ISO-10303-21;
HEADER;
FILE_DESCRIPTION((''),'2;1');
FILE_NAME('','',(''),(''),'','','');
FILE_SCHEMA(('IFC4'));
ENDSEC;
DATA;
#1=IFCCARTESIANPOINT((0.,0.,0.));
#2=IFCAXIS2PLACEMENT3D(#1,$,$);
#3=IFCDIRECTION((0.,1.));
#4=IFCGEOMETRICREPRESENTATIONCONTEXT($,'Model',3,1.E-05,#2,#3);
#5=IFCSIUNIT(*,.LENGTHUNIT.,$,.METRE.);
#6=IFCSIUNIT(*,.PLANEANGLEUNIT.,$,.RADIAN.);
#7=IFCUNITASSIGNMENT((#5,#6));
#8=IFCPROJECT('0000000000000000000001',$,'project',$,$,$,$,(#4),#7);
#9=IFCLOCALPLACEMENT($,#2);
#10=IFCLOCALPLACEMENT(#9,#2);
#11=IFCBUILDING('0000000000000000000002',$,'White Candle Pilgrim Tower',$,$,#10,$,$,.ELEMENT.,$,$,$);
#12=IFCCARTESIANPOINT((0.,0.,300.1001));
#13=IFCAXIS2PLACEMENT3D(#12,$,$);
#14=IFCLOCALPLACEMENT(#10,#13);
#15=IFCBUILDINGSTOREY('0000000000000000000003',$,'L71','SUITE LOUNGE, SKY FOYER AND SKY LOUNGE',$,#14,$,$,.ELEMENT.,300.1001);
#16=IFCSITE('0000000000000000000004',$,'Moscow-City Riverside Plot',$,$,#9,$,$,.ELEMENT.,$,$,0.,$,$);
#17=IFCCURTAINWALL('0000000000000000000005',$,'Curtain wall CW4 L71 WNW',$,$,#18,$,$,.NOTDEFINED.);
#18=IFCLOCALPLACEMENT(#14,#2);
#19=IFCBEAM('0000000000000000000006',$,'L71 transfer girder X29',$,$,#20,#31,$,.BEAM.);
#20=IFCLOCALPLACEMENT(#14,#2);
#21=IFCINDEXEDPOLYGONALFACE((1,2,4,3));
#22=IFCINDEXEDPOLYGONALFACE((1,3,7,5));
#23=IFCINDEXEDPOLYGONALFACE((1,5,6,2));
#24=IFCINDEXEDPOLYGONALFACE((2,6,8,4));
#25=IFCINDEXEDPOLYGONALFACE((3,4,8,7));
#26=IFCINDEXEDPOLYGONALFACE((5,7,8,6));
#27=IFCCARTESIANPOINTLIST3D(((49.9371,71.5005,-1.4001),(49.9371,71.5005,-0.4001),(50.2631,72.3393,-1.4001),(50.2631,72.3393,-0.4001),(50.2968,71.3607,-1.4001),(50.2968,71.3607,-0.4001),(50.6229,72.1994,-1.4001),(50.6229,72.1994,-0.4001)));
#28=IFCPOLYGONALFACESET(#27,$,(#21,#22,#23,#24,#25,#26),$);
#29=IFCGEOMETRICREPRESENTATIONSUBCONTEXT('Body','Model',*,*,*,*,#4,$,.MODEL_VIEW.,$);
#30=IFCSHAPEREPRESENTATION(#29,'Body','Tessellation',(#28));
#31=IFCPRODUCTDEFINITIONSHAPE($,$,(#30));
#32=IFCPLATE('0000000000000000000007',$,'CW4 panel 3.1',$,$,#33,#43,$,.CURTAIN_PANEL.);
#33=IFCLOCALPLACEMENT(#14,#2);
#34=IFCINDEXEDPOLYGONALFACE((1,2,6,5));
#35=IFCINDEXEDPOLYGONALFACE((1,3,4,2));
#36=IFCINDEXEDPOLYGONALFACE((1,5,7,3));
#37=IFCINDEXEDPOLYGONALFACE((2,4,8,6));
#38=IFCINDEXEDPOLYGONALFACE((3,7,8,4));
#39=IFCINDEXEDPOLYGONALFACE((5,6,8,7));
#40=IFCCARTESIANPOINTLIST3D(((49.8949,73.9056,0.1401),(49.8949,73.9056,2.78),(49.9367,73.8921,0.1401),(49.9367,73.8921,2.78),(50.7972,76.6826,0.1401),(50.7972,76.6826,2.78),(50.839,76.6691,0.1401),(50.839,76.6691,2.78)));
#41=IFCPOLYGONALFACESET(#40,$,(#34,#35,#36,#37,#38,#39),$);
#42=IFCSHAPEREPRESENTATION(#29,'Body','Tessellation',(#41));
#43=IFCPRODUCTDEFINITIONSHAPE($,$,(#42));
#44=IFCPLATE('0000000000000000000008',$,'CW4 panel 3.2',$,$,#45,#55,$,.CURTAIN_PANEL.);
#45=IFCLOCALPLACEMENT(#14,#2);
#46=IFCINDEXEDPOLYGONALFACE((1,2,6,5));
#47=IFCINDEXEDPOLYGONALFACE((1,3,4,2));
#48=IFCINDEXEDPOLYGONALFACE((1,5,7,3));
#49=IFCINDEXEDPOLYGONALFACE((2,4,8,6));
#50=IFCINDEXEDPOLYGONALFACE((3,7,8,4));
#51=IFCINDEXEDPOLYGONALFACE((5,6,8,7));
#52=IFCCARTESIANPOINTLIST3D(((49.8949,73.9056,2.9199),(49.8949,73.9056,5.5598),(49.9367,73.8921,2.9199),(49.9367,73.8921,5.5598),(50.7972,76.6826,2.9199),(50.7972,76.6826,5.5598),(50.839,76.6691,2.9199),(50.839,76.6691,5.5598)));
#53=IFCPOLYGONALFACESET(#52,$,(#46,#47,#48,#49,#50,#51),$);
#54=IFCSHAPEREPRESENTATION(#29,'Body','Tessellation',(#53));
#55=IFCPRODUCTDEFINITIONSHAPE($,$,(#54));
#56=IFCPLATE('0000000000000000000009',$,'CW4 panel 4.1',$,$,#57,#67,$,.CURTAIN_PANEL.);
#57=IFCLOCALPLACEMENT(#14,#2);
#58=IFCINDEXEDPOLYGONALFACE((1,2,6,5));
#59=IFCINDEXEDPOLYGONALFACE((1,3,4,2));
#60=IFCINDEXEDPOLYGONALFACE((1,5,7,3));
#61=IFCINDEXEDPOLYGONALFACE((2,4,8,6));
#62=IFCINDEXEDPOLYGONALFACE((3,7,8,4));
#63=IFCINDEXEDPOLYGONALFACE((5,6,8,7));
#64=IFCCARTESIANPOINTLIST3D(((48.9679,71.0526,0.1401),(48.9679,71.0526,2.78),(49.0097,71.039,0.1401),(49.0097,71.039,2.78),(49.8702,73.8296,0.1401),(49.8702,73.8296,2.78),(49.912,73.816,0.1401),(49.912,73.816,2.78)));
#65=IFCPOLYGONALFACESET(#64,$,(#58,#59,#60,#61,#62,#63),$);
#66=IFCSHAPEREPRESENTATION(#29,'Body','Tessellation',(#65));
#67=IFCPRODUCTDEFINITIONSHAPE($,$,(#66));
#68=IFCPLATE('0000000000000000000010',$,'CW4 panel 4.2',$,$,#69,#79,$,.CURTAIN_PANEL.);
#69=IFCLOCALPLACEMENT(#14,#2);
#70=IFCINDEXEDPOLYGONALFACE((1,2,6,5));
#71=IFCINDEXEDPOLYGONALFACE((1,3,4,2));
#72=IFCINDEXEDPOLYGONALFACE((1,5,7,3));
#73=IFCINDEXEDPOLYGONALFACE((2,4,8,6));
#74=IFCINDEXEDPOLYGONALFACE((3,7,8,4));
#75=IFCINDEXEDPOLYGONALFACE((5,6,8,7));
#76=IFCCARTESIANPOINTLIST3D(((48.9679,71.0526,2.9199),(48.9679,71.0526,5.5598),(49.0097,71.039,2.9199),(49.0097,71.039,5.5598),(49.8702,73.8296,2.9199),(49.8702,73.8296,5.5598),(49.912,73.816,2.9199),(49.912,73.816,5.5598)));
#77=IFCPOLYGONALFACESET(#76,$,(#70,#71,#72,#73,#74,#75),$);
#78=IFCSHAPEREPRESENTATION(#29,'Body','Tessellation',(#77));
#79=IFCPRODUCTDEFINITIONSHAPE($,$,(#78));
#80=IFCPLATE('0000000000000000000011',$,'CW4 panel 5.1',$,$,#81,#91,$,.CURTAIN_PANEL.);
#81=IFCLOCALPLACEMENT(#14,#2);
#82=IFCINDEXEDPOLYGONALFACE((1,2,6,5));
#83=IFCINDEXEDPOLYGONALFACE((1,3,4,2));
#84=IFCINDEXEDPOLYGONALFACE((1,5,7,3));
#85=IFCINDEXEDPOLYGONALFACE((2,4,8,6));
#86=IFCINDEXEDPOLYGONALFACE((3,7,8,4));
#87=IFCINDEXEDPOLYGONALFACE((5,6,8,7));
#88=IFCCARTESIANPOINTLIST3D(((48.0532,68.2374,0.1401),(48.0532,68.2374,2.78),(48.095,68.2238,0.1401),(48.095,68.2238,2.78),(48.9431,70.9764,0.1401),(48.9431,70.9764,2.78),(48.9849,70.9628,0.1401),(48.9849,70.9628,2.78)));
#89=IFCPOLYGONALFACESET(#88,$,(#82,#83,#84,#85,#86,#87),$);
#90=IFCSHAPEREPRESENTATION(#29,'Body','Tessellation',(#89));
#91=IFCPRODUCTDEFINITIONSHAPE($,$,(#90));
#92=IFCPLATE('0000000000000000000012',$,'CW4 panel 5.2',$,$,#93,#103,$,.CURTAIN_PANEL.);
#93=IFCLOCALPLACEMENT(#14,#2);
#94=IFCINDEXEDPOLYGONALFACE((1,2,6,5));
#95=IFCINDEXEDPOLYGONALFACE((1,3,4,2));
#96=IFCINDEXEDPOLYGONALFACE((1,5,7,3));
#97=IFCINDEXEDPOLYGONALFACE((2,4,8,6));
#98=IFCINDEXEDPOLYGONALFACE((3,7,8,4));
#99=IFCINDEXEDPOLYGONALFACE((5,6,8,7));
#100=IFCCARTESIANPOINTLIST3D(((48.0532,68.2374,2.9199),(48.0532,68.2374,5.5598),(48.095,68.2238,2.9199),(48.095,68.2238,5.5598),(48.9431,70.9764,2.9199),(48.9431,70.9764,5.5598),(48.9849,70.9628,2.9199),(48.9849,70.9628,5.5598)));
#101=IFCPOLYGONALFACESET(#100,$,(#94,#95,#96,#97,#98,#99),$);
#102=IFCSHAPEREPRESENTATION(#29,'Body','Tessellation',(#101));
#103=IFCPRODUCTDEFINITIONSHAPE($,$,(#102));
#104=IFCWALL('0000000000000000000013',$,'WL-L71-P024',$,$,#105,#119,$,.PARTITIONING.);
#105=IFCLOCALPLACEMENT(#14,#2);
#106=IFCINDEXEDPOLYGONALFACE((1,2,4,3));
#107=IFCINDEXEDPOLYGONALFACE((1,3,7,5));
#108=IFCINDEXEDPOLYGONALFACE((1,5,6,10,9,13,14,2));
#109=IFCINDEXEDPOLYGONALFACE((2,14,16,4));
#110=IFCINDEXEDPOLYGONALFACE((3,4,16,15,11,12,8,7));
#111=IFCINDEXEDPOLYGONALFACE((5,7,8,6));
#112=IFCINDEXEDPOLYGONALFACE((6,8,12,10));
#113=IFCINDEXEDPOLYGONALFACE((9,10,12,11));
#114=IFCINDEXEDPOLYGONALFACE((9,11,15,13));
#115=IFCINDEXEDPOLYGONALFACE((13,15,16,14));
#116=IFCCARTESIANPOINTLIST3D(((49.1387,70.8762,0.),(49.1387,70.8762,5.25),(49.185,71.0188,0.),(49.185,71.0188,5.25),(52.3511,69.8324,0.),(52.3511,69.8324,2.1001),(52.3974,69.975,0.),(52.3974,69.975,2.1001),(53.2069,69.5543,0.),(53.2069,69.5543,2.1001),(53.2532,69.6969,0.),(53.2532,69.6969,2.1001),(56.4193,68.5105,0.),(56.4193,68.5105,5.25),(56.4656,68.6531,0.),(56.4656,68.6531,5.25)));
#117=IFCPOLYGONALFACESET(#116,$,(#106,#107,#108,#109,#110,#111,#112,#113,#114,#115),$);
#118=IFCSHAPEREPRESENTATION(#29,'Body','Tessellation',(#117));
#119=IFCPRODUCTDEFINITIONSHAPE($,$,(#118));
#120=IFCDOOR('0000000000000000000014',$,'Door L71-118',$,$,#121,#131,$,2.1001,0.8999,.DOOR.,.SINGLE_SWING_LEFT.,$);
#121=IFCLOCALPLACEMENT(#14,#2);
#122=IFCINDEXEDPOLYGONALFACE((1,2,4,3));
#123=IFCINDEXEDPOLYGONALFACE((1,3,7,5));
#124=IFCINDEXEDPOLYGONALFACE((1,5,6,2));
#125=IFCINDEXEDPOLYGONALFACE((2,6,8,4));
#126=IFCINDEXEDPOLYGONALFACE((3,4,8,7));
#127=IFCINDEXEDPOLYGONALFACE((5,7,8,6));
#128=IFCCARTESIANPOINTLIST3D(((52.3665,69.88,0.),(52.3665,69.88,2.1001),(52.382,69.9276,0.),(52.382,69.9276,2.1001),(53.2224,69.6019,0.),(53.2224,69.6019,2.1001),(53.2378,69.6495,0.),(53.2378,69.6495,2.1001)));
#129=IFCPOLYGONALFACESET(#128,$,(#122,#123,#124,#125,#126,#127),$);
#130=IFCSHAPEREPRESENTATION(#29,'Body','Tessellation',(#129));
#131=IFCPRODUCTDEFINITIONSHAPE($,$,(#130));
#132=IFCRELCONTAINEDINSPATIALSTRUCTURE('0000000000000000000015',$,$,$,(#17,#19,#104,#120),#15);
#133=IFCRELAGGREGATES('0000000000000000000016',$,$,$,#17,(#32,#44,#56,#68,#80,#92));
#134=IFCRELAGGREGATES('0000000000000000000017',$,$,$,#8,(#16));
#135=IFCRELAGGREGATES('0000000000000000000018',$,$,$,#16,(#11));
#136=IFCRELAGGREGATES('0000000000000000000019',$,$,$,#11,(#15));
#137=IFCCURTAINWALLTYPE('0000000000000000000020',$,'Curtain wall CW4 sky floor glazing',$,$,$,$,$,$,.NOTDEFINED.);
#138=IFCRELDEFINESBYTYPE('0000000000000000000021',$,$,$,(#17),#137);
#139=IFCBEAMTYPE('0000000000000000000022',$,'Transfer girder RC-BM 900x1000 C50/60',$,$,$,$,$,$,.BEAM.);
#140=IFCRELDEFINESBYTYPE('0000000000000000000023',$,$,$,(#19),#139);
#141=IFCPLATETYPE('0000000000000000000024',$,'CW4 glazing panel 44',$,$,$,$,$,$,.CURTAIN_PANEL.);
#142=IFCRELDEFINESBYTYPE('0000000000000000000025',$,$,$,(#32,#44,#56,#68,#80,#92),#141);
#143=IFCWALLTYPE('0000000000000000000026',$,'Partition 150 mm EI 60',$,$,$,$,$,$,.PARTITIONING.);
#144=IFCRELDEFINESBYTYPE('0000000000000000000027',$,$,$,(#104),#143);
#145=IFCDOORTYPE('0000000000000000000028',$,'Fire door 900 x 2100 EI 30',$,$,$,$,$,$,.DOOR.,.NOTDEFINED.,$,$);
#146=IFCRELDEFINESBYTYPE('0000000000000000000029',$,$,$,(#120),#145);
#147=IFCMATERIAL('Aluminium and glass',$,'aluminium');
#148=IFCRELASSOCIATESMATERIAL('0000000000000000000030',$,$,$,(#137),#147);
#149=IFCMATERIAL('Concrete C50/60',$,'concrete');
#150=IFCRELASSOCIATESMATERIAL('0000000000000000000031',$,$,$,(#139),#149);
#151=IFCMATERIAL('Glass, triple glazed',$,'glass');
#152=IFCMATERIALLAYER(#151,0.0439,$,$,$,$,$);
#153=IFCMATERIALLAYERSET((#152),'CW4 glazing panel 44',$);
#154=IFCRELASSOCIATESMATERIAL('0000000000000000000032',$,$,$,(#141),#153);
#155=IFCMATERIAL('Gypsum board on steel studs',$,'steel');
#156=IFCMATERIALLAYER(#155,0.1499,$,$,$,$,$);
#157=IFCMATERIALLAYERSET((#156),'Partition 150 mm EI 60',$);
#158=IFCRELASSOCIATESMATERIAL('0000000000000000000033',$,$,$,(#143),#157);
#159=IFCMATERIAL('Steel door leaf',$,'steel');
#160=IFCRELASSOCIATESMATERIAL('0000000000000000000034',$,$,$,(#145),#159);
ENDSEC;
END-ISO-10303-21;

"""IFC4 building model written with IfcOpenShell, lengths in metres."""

from ifc_helpers import new_model, si_unit, direction, frame, frame_2d, origin, origin_2d, place, context, subcontext, project, spatial, rectangle, extrude, material, layer, layer_set, material_profile, profile_set, type_object, element, fill, aggregate, save


model = new_model("IFC4")

# Units and contexts
model_context = context("Model", 3, precision=1e-05, world=origin(), true_north=direction((0.0, 1.0)))
body_context = subcontext(model_context, "Body", "Model", "MODEL_VIEW")
ifc_project = project(units=[si_unit("LENGTHUNIT", "METRE"), si_unit("PLANEANGLEUNIT", "RADIAN")], contexts=[model_context])

# Site, building, storey
site_placement = place(None, origin())
site = spatial("IfcSite", under=ifc_project, at=site_placement, Name="Moscow-City Riverside Plot", CompositionType="ELEMENT", RefElevation=0.0)
building_placement = place(site_placement, origin())
building = spatial("IfcBuilding", under=site, at=building_placement, Name="White Candle Pilgrim Tower", CompositionType="ELEMENT")
storey_placement = place(building_placement, frame((0.0, 0.0, 300.1001)))
storey = spatial("IfcBuildingStorey", under=building, at=storey_placement, Name="L71", Description="SUITE LOUNGE, SKY FOYER AND SKY LOUNGE", CompositionType="ELEMENT", Elevation=300.1001)

# Curtain wall
ifc_material_1 = material(Name="Aluminium and glass", Category="aluminium")
curtain_wall_type = type_object("IfcCurtainWallType", Name="Curtain wall CW4 sky floor glazing", PredefinedType="NOTDEFINED", material=ifc_material_1)
curtain_wall_placement = place(storey_placement, origin())
curtain_wall = element("IfcCurtainWall", 1, at=curtain_wall_placement, inside=storey, type_object=curtain_wall_type, Name="Curtain wall CW4 L71 WNW", PredefinedType="NOTDEFINED")

# Beam
ifc_material_2 = material(Name="Concrete C50/60", Category="concrete")
ifc_material_profile_1 = material_profile(ifc_material_2, rectangle(XDim=0.8999, YDim=1.0, at=origin_2d()), Name="RC-BM 900x1000")
ifc_profile_set_1 = profile_set([ifc_material_profile_1], Name="Concrete C50/60")
beam_type_1 = type_object("IfcBeamType", Name="Transfer girder RC-BM 900x1000 C50/60", PredefinedType="BEAM", material=ifc_profile_set_1)
beam_1_placement = place(storey_placement, frame((50.1001, 71.9199, -0.9001), z_axis=(0.932052, -0.362324, 0.0), x_axis=(0.362324, 0.932052, 0.0)))
element("IfcBeam", 2, at=beam_1_placement, inside=storey, type_object=beam_type_1, Name="L71 transfer girder X29", PredefinedType="BEAM", context=body_context, shape_type="SweptSolid", body=[
    extrude(rectangle(XDim=0.8999, YDim=1.0, at=origin_2d()), origin(), (0.0, 0.0, 1.0), 0.386),
])

# Plates
ifc_material_3 = material(Name="Glass, triple glazed", Category="glass")
ifc_layer_1 = layer(ifc_material_3, 0.0439)
ifc_layer_set_1 = layer_set([ifc_layer_1], Name="CW4 glazing panel 44")
plate_type = type_object("IfcPlateType", Name="CW4 glazing panel 44", PredefinedType="CURTAIN_PANEL", material=ifc_layer_set_1)
plate_1_placement = place(storey_placement, frame((50.3669, 75.2874, 0.1401), z_axis=(0.0, 0.0, 1.0), x_axis=(-0.309017, -0.951057, 0.0)))
plate_1 = element("IfcPlate", 3, at=plate_1_placement, type_object=plate_type, Name="CW4 panel 3.1", PredefinedType="CURTAIN_PANEL", context=body_context, shape_type="SweptSolid", body=[
    extrude(rectangle(XDim=2.9199, YDim=0.0439, at=origin_2d()), origin(), (0.0, 0.0, 1.0), 2.6399),
])
plate_2_placement = place(storey_placement, frame((50.3669, 75.2874, 2.9199), z_axis=(0.0, 0.0, 1.0), x_axis=(-0.309017, -0.951057, 0.0)))
plate_2 = element("IfcPlate", 4, at=plate_2_placement, type_object=plate_type, Name="CW4 panel 3.2", PredefinedType="CURTAIN_PANEL", context=body_context, shape_type="SweptSolid", body=[
    extrude(rectangle(XDim=2.9199, YDim=0.0439, at=origin_2d()), origin(), (0.0, 0.0, 1.0), 2.6399),
])
plate_3_placement = place(storey_placement, frame((49.4399, 72.4343, 0.1401), z_axis=(0.0, 0.0, 1.0), x_axis=(-0.309017, -0.951057, 0.0)))
plate_3 = element("IfcPlate", 5, at=plate_3_placement, type_object=plate_type, Name="CW4 panel 4.1", PredefinedType="CURTAIN_PANEL", context=body_context, shape_type="SweptSolid", body=[
    extrude(rectangle(XDim=2.9199, YDim=0.0439, at=origin_2d()), origin(), (0.0, 0.0, 1.0), 2.6399),
])
plate_4_placement = place(storey_placement, frame((49.4399, 72.4343, 2.9199), z_axis=(0.0, 0.0, 1.0), x_axis=(-0.309017, -0.951057, 0.0)))
plate_4 = element("IfcPlate", 6, at=plate_4_placement, type_object=plate_type, Name="CW4 panel 4.2", PredefinedType="CURTAIN_PANEL", context=body_context, shape_type="SweptSolid", body=[
    extrude(rectangle(XDim=2.9199, YDim=0.0439, at=origin_2d()), origin(), (0.0, 0.0, 1.0), 2.6399),
])
plate_5_placement = place(storey_placement, frame((48.519, 69.6001, 0.1401), z_axis=(0.0, 0.0, 1.0), x_axis=(-0.309017, -0.951057, 0.0)))
plate_5 = element("IfcPlate", 7, at=plate_5_placement, type_object=plate_type, Name="CW4 panel 5.1", PredefinedType="CURTAIN_PANEL", context=body_context, shape_type="SweptSolid", body=[
    extrude(rectangle(XDim=2.8799, YDim=0.0439, at=origin_2d()), origin(), (0.0, 0.0, 1.0), 2.6399),
])
plate_6_placement = place(storey_placement, frame((48.519, 69.6001, 2.9199), z_axis=(0.0, 0.0, 1.0), x_axis=(-0.309017, -0.951057, 0.0)))
plate_6 = element("IfcPlate", 8, at=plate_6_placement, type_object=plate_type, Name="CW4 panel 5.2", PredefinedType="CURTAIN_PANEL", context=body_context, shape_type="SweptSolid", body=[
    extrude(rectangle(XDim=2.8799, YDim=0.0439, at=origin_2d()), origin(), (0.0, 0.0, 1.0), 2.6399),
])
aggregate(curtain_wall, [plate_1, plate_2, plate_3, plate_4, plate_5, plate_6])

# Wall, opening, door
ifc_material_4 = material(Name="Gypsum board on steel studs", Category="steel")
ifc_layer_2 = layer(ifc_material_4, 0.1499)
ifc_layer_set_2 = layer_set([ifc_layer_2], Name="Partition 150 mm EI 60")
wall_type = type_object("IfcWallType", Name="Partition 150 mm EI 60", PredefinedType="PARTITIONING", material=ifc_layer_set_2)
wall_placement = place(storey_placement, frame((49.1619, 70.9475, 0.0), z_axis=(0.0, 0.0, 1.0), x_axis=(0.951051, -0.309033, 0.0)))
wall = element("IfcWall", 9, at=wall_placement, inside=storey, type_object=wall_type, Name="WL-L71-P024", PredefinedType="PARTITIONING", context=body_context, shape_type="SweptSolid", body=[
    extrude(rectangle(XDim=7.6553, YDim=0.1499, at=frame_2d((3.8276, 0.0))), origin(), (0.0, 0.0, 1.0), 5.25),
])
opening_placement = place(wall_placement, frame((3.3777, 0.0, 0.0)))
opening = element("IfcOpeningElement", 10, at=opening_placement, cuts=wall, PredefinedType="OPENING", context=body_context, shape_type="SweptSolid", body=[
    extrude(rectangle(XDim=0.8999, YDim=2.1001, at=frame_2d((0.45, 1.05))), frame((0.0, 0.085, 0.0), z_axis=(0.0, -1.0, 0.0), x_axis=(1.0, 0.0, 0.0)), (0.0, 0.0, 1.0), 0.1699),
])
ifc_material_5 = material(Name="Steel door leaf", Category="steel")
door_type = type_object("IfcDoorType", Name="Fire door 900 x 2100 EI 30", OperationType="NOTDEFINED", PredefinedType="DOOR", material=ifc_material_5)
door_placement = place(opening_placement, frame((0.8999, 0.0, 0.0), z_axis=(0.0, 0.0, 1.0), x_axis=(-1.0, 0.0, 0.0)))
door = element("IfcDoor", 11, at=door_placement, inside=storey, type_object=door_type, Name="Door L71-118", OperationType="SINGLE_SWING_LEFT", OverallHeight=2.1001, OverallWidth=0.8999, PredefinedType="DOOR", context=body_context, shape_type="SweptSolid", body=[
    extrude(rectangle(XDim=0.8999, YDim=2.1001, at=frame_2d((0.45, 1.05))), frame((0.0, 0.0249, 0.0), z_axis=(0.0, -1.0, 0.0), x_axis=(1.0, 0.0, 0.0)), (0.0, 0.0, 1.0), 0.05),
])
fill(opening, door)

save(model, "model.ifc")
